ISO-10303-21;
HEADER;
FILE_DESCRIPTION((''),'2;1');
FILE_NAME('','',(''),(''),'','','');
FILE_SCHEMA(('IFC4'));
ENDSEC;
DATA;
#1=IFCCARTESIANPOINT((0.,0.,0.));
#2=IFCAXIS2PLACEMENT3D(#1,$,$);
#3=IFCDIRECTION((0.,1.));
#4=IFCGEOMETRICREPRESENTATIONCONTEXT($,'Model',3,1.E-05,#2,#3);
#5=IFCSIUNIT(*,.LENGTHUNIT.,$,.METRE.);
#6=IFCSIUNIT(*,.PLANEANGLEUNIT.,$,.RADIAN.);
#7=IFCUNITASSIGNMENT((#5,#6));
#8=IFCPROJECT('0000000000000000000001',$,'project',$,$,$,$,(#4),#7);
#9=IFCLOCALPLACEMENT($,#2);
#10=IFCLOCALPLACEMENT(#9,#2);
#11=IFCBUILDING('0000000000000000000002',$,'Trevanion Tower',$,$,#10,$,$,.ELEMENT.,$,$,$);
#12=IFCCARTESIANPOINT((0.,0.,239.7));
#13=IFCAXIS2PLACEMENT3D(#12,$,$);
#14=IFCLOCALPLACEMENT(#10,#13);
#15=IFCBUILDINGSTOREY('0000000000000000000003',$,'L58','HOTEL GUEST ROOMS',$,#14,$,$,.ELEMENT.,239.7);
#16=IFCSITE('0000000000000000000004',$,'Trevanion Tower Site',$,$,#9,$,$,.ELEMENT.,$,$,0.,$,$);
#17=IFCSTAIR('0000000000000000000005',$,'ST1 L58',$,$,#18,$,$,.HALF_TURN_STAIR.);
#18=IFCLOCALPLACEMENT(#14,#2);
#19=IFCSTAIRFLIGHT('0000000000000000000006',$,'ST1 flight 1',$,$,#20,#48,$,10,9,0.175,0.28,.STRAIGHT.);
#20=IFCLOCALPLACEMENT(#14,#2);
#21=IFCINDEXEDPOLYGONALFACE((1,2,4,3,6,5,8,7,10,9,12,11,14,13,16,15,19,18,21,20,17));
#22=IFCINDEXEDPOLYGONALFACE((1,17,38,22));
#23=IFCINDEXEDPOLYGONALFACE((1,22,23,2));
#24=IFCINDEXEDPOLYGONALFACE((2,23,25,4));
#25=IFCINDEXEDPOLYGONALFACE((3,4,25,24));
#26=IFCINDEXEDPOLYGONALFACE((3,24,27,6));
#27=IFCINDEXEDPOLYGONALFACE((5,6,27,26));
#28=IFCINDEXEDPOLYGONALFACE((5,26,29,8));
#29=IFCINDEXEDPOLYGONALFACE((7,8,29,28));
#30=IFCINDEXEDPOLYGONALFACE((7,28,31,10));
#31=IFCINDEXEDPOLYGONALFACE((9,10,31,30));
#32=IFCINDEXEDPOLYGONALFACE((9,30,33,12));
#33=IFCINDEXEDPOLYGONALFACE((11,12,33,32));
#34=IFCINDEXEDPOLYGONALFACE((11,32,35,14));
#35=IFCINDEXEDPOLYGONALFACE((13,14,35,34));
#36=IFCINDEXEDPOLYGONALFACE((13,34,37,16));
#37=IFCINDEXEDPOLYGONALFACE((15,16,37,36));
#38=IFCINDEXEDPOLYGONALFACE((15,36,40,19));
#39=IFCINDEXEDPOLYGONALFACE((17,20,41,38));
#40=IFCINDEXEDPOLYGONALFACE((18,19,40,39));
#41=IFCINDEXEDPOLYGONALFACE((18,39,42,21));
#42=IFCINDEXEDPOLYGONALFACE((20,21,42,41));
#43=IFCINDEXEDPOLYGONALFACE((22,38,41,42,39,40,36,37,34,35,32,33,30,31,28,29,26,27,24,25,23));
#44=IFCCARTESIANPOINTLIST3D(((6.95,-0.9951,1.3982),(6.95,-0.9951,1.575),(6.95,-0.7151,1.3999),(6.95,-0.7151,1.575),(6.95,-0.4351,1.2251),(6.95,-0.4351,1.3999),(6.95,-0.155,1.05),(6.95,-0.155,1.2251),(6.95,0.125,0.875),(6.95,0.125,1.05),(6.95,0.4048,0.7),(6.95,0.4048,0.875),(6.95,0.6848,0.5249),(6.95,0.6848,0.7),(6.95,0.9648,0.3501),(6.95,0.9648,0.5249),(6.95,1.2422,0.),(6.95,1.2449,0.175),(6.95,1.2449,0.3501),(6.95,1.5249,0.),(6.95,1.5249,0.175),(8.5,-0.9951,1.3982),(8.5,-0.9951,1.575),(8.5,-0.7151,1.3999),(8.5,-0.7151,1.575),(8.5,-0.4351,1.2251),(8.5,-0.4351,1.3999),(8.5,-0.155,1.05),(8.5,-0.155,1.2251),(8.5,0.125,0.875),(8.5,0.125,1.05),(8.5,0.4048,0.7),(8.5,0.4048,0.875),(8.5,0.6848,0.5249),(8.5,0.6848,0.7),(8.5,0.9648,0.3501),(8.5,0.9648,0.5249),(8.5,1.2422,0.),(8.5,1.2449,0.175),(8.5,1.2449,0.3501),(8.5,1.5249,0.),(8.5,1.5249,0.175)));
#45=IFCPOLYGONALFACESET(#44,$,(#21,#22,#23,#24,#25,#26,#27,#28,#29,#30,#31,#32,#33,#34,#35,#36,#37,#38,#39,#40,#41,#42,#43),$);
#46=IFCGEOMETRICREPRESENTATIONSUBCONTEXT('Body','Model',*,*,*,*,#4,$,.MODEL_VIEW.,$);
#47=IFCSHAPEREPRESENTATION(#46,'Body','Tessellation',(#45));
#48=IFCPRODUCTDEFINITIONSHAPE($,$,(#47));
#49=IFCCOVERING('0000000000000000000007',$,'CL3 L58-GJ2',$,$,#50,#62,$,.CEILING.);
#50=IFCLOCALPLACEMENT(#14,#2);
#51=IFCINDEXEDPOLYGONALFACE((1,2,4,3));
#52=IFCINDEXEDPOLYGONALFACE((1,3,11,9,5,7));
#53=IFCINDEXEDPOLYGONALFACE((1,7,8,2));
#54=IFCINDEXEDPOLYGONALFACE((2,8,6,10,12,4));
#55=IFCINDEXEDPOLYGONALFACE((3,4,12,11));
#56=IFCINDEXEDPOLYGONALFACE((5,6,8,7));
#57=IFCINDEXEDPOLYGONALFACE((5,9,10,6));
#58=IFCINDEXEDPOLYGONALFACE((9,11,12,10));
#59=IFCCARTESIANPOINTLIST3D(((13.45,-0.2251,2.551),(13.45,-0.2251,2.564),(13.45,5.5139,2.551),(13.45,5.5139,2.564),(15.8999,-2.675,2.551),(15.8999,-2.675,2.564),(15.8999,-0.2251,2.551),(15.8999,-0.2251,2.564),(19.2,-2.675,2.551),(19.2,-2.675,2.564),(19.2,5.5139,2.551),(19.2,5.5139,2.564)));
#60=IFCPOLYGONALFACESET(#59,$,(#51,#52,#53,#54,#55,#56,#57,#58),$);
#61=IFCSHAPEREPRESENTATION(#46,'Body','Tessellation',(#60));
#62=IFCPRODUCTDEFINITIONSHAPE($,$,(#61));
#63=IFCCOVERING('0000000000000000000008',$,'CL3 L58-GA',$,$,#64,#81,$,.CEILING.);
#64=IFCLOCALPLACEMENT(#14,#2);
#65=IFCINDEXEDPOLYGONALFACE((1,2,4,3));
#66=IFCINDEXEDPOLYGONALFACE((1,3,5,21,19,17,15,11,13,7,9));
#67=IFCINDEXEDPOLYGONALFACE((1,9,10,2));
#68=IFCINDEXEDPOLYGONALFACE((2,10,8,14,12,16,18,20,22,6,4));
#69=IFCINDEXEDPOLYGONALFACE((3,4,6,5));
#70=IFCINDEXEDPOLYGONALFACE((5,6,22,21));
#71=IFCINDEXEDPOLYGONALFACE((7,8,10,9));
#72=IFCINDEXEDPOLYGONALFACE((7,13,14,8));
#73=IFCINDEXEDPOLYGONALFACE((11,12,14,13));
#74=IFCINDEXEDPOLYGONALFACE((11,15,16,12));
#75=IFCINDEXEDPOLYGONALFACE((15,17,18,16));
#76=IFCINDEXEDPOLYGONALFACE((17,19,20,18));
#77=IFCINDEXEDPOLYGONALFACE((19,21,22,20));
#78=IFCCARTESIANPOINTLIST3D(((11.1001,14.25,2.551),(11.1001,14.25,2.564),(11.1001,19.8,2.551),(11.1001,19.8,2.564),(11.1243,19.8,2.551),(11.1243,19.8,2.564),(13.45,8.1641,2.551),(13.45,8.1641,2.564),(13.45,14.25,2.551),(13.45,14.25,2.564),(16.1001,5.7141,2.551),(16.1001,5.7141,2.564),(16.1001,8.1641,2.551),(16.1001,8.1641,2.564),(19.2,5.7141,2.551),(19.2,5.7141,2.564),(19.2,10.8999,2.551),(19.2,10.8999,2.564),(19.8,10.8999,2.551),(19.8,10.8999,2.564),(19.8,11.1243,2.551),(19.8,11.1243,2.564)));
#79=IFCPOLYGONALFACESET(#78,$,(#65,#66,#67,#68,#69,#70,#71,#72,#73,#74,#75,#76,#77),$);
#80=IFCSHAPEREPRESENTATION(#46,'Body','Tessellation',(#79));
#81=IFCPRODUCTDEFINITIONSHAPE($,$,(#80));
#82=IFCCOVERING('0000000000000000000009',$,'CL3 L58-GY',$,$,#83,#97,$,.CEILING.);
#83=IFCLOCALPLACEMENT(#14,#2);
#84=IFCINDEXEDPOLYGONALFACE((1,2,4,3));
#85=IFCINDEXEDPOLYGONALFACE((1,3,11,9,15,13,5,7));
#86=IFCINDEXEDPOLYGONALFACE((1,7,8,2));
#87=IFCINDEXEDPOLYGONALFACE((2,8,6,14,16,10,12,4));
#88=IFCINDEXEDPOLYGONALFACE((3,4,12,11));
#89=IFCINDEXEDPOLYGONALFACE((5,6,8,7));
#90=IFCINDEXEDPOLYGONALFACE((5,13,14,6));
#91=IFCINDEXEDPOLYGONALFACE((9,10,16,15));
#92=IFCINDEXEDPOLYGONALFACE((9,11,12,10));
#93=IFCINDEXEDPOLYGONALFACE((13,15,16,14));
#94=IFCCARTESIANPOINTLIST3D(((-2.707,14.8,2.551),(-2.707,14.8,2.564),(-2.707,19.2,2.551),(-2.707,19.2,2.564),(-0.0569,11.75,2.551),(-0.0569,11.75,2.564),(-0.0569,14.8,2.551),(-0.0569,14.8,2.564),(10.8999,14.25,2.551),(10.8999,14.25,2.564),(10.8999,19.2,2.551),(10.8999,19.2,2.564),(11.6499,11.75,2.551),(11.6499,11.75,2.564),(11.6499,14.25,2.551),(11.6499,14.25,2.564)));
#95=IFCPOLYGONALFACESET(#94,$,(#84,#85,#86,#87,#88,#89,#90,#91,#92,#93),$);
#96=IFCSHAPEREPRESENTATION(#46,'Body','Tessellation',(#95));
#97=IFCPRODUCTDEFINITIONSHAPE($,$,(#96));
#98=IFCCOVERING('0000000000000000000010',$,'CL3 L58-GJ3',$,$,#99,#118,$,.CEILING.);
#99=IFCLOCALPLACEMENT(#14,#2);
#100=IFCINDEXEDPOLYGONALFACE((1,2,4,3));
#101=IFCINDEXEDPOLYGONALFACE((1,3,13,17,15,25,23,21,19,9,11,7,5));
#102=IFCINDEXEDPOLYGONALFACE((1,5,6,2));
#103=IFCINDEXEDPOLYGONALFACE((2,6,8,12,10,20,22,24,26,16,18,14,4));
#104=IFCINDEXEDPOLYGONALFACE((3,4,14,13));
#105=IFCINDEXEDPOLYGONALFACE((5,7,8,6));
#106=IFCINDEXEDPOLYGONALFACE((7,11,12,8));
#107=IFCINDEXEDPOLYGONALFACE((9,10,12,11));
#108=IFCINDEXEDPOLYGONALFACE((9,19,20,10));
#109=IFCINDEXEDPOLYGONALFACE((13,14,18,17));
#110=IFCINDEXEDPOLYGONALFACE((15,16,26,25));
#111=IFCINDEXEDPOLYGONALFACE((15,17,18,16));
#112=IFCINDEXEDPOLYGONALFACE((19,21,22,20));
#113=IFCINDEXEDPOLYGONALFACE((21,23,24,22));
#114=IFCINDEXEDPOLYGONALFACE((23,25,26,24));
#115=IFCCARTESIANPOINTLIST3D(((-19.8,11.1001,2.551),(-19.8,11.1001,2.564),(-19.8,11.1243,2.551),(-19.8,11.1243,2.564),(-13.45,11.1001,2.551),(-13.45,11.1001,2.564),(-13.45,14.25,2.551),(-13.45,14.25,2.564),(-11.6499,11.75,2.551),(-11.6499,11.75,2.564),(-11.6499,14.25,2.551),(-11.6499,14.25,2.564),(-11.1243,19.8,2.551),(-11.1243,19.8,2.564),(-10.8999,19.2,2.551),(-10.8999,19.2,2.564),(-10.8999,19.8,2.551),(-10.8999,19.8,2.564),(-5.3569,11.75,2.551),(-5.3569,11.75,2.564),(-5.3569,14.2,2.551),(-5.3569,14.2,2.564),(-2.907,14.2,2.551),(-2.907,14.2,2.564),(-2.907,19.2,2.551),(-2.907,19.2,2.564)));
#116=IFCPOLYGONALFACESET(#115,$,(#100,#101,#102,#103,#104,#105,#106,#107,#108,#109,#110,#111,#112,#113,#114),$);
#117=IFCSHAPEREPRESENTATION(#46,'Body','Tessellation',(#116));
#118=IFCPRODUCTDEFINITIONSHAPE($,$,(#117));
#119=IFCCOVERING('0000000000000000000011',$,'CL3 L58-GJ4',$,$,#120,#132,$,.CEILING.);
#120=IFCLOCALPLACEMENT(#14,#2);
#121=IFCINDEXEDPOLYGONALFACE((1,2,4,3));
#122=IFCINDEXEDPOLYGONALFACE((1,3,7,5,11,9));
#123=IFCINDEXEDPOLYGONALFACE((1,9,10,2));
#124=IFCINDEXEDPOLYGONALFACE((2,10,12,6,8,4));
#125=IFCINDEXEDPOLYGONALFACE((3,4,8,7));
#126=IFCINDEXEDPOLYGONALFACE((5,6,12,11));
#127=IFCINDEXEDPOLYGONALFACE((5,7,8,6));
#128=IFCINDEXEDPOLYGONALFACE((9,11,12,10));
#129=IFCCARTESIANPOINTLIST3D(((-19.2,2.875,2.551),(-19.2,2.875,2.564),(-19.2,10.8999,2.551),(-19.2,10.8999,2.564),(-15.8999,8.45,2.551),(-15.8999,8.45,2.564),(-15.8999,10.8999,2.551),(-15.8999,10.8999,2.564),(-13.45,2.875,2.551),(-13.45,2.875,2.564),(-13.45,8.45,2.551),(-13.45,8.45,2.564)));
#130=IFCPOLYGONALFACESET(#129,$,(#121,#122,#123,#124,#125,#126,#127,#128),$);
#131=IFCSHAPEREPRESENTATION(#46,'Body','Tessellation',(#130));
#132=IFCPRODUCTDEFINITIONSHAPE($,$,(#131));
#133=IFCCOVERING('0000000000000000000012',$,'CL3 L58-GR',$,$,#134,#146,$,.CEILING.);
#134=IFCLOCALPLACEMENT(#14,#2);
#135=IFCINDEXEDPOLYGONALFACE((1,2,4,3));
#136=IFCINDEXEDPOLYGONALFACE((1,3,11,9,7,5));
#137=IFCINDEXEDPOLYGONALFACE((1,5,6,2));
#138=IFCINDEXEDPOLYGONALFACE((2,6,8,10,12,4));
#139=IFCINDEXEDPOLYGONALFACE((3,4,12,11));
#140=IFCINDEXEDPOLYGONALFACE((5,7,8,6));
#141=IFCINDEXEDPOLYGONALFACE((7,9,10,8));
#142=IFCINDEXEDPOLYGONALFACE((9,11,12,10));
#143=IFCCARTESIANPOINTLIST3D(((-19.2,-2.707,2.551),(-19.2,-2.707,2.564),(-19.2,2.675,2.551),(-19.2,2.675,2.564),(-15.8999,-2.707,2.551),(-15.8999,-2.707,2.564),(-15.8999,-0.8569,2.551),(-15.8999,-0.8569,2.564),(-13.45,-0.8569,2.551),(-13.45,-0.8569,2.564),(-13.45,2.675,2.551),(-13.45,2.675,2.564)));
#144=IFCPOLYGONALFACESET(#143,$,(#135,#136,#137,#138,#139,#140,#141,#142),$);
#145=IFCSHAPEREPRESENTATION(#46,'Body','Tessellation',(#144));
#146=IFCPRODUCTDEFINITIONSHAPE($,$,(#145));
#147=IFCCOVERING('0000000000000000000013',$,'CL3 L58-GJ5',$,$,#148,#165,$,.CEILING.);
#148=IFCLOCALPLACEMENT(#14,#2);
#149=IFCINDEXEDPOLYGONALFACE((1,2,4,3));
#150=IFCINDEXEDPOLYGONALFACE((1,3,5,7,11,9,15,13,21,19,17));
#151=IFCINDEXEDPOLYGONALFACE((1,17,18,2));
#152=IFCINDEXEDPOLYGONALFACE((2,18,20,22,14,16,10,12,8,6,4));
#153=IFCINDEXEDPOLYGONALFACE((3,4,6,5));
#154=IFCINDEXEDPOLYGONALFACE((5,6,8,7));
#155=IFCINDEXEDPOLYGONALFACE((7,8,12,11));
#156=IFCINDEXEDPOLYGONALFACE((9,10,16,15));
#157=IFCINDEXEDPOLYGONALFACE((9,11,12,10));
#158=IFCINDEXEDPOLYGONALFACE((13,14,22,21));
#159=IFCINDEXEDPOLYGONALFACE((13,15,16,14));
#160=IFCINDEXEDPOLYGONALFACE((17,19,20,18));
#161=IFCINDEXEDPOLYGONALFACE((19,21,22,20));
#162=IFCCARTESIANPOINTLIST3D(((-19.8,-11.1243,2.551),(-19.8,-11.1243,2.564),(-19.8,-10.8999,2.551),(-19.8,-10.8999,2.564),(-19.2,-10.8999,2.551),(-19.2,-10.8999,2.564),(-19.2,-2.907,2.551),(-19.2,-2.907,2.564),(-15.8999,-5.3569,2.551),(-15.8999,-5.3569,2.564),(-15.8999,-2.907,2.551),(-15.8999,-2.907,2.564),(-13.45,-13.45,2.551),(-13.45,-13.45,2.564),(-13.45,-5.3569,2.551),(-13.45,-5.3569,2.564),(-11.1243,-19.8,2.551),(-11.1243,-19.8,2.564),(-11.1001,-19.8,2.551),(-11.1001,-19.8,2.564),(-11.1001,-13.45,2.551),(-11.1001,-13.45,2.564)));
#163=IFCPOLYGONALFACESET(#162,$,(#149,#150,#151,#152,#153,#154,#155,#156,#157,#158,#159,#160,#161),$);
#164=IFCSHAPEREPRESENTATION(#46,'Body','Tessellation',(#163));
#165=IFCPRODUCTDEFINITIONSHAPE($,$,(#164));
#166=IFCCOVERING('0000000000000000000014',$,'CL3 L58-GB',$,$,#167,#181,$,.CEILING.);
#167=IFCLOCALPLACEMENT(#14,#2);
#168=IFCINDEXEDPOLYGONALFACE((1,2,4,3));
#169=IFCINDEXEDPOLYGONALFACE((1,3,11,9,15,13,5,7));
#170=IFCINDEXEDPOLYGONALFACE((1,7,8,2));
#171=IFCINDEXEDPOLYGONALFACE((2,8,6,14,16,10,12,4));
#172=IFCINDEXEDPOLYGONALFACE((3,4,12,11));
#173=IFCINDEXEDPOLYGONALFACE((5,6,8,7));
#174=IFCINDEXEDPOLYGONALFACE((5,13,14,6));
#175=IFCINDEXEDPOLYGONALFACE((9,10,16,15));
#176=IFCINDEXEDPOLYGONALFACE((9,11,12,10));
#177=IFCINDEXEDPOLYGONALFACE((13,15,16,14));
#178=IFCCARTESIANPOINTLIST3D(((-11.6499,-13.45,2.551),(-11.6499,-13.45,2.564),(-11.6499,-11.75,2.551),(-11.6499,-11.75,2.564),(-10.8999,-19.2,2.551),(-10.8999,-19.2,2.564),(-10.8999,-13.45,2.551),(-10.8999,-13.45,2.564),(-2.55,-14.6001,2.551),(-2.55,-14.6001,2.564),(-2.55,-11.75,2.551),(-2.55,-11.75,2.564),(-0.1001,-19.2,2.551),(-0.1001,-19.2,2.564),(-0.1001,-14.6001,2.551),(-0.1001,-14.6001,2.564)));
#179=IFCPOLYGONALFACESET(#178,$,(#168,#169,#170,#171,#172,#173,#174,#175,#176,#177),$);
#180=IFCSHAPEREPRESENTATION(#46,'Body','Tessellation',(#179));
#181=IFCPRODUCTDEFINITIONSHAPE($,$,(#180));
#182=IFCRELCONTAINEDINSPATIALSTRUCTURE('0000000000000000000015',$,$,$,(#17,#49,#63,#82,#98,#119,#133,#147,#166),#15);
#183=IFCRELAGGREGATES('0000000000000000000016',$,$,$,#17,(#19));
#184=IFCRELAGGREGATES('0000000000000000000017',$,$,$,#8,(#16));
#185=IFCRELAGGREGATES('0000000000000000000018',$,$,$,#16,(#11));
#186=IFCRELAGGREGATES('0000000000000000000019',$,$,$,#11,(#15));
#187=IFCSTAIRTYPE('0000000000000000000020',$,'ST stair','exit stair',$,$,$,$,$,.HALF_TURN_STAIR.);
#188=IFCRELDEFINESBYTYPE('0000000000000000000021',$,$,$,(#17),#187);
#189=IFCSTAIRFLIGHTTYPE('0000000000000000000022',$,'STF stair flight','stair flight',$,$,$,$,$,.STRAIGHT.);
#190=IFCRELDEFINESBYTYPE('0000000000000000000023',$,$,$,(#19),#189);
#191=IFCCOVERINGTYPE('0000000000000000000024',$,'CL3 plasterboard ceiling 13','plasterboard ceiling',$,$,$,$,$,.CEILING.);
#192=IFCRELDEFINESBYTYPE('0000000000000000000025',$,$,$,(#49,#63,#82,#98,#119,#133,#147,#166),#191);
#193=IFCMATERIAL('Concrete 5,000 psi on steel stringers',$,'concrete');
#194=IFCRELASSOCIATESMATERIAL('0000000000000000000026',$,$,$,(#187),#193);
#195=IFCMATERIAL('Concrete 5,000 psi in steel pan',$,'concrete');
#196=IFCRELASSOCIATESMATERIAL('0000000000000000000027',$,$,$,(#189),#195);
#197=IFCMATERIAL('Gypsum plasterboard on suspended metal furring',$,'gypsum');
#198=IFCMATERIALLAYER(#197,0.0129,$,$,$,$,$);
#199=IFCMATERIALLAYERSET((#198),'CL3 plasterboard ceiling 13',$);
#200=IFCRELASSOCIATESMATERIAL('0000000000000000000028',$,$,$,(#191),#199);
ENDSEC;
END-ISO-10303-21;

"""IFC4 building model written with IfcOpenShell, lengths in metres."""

from ifc_helpers import new_model, si_unit, direction, frame, origin, place, context, subcontext, project, spatial, polyline, outline, extrude, material, layer, layer_set, type_object, element, aggregate, save


model = new_model("IFC4")

# Units and contexts
model_context = context("Model", 3, precision=1e-05, world=origin(), true_north=direction((0.0, 1.0)))
body_context = subcontext(model_context, "Body", "Model", "MODEL_VIEW")
ifc_project = project(units=[si_unit("LENGTHUNIT", "METRE"), si_unit("PLANEANGLEUNIT", "RADIAN")], contexts=[model_context])

# Site, building, storey
site_placement = place(None, origin())
site = spatial("IfcSite", under=ifc_project, at=site_placement, Name="Trevanion Tower Site", CompositionType="ELEMENT", RefElevation=0.0)
building_placement = place(site_placement, origin())
building = spatial("IfcBuilding", under=site, at=building_placement, Name="Trevanion Tower", CompositionType="ELEMENT")
storey_placement = place(building_placement, frame((0.0, 0.0, 239.7)))
storey = spatial("IfcBuildingStorey", under=building, at=storey_placement, Name="L58", Description="HOTEL GUEST ROOMS", CompositionType="ELEMENT", Elevation=239.7)

# Stair, stair flight
ifc_material_1 = material(Name="Concrete 5,000 psi on steel stringers", Category="concrete")
stair_type = type_object("IfcStairType", Name="ST stair", Description="exit stair", PredefinedType="HALF_TURN_STAIR", material=ifc_material_1)
stair_placement = place(storey_placement, origin())
stair = element("IfcStair", 1, at=stair_placement, inside=storey, type_object=stair_type, Name="ST1 L58", PredefinedType="HALF_TURN_STAIR")
ifc_material_2 = material(Name="Concrete 5,000 psi in steel pan", Category="concrete")
stair_flight_type = type_object("IfcStairFlightType", Name="STF stair flight", Description="stair flight", PredefinedType="STRAIGHT", material=ifc_material_2)
stair_flight_placement = place(storey_placement, frame((7.7251, 1.5249, 0.0), z_axis=(0.0, 0.0, 1.0), x_axis=(0.0, -1.0, 0.0)))
stair_flight = element("IfcStairFlight", 2, at=stair_flight_placement, type_object=stair_flight_type, Name="ST1 flight 1", NumberOfRisers=10, NumberOfTreads=9, PredefinedType="STRAIGHT", RiserHeight=0.175, TreadLength=0.28, context=body_context, shape_type="SweptSolid", body=[
    extrude(outline(polyline([(0.0, 0.0), (0.0, 0.175), (0.28, 0.175), (0.28, 0.3501), (0.5601, 0.3501), (0.5601, 0.5249), (0.8401, 0.5249), (0.8401, 0.7), (1.1201, 0.7), (1.1201, 0.875), (1.3999, 0.875), (1.3999, 1.05), (1.6799, 1.05), (1.6799, 1.2251), (1.96, 1.2251), (1.96, 1.3999), (2.24, 1.3999), (2.24, 1.575), (2.52, 1.575), (2.52, 1.75), (2.52, 1.3982), (0.2827, 0.0), (0.0, 0.0)])), frame((0.0, 0.7749, 0.0), z_axis=(0.0, -1.0, 0.0), x_axis=(1.0, 0.0, 0.0)), (0.0, 0.0, 1.0), 1.55),
])
aggregate(stair, [stair_flight])

# Coverings
ifc_material_3 = material(Name="Gypsum plasterboard on suspended metal furring", Category="gypsum")
ifc_layer_1 = layer(ifc_material_3, 0.0129)
ifc_layer_set_1 = layer_set([ifc_layer_1], Name="CL3 plasterboard ceiling 13")
covering_type_1 = type_object("IfcCoveringType", Name="CL3 plasterboard ceiling 13", Description="plasterboard ceiling", PredefinedType="CEILING", material=ifc_layer_set_1)
covering_1_placement = place(storey_placement, frame((0.0, 0.0, 2.551)))
element("IfcCovering", 3, at=covering_1_placement, inside=storey, type_object=covering_type_1, Name="CL3 L58-GJ2", PredefinedType="CEILING", context=body_context, shape_type="SweptSolid", body=[
    extrude(outline(polyline([(13.45, 5.5139), (19.2, 5.5139), (19.2, -2.675), (15.8999, -2.675), (15.8999, -0.2251), (13.45, -0.2251), (13.45, 5.5139)])), origin(), (0.0, 0.0, 1.0), 0.0129),
])
covering_2_placement = place(storey_placement, frame((0.0, 0.0, 2.551)))
element("IfcCovering", 4, at=covering_2_placement, inside=storey, type_object=covering_type_1, Name="CL3 L58-GA", PredefinedType="CEILING", context=body_context, shape_type="SweptSolid", body=[
    extrude(outline(polyline([(11.1001, 14.25), (11.1001, 19.8), (11.1243, 19.8), (19.8, 11.1243), (19.8, 10.8999), (19.2, 10.8999), (19.2, 5.7141), (16.1001, 5.7141), (16.1001, 8.1641), (13.45, 8.1641), (13.45, 14.25), (11.1001, 14.25)])), origin(), (0.0, 0.0, 1.0), 0.0129),
])
covering_3_placement = place(storey_placement, frame((0.0, 0.0, 2.551)))
element("IfcCovering", 5, at=covering_3_placement, inside=storey, type_object=covering_type_1, Name="CL3 L58-GY", PredefinedType="CEILING", context=body_context, shape_type="SweptSolid", body=[
    extrude(outline(polyline([(-2.707, 19.2), (10.8999, 19.2), (10.8999, 14.25), (11.6499, 14.25), (11.6499, 11.75), (-0.0569, 11.75), (-0.0569, 14.8), (-2.707, 14.8), (-2.707, 19.2)])), origin(), (0.0, 0.0, 1.0), 0.0129),
])
covering_4_placement = place(storey_placement, frame((0.0, 0.0, 2.551)))
element("IfcCovering", 6, at=covering_4_placement, inside=storey, type_object=covering_type_1, Name="CL3 L58-GJ3", PredefinedType="CEILING", context=body_context, shape_type="SweptSolid", body=[
    extrude(outline(polyline([(-13.45, 11.1001), (-19.8, 11.1001), (-19.8, 11.1243), (-11.1243, 19.8), (-10.8999, 19.8), (-10.8999, 19.2), (-2.907, 19.2), (-2.907, 14.2), (-5.3569, 14.2), (-5.3569, 11.75), (-11.6499, 11.75), (-11.6499, 14.25), (-13.45, 14.25), (-13.45, 11.1001)])), origin(), (0.0, 0.0, 1.0), 0.0129),
])
covering_5_placement = place(storey_placement, frame((0.0, 0.0, 2.551)))
element("IfcCovering", 7, at=covering_5_placement, inside=storey, type_object=covering_type_1, Name="CL3 L58-GJ4", PredefinedType="CEILING", context=body_context, shape_type="SweptSolid", body=[
    extrude(outline(polyline([(-13.45, 2.875), (-19.2, 2.875), (-19.2, 10.8999), (-15.8999, 10.8999), (-15.8999, 8.45), (-13.45, 8.45), (-13.45, 2.875)])), origin(), (0.0, 0.0, 1.0), 0.0129),
])
covering_6_placement = place(storey_placement, frame((0.0, 0.0, 2.551)))
element("IfcCovering", 8, at=covering_6_placement, inside=storey, type_object=covering_type_1, Name="CL3 L58-GR", PredefinedType="CEILING", context=body_context, shape_type="SweptSolid", body=[
    extrude(outline(polyline([(-13.45, -0.8569), (-15.8999, -0.8569), (-15.8999, -2.707), (-19.2, -2.707), (-19.2, 2.675), (-13.45, 2.675), (-13.45, -0.8569)])), origin(), (0.0, 0.0, 1.0), 0.0129),
])
covering_7_placement = place(storey_placement, frame((0.0, 0.0, 2.551)))
element("IfcCovering", 9, at=covering_7_placement, inside=storey, type_object=covering_type_1, Name="CL3 L58-GJ5", PredefinedType="CEILING", context=body_context, shape_type="SweptSolid", body=[
    extrude(outline(polyline([(-11.1001, -13.45), (-11.1001, -19.8), (-11.1243, -19.8), (-19.8, -11.1243), (-19.8, -10.8999), (-19.2, -10.8999), (-19.2, -2.907), (-15.8999, -2.907), (-15.8999, -5.3569), (-13.45, -5.3569), (-13.45, -13.45), (-11.1001, -13.45)])), origin(), (0.0, 0.0, 1.0), 0.0129),
])
covering_8_placement = place(storey_placement, frame((0.0, 0.0, 2.551)))
element("IfcCovering", 10, at=covering_8_placement, inside=storey, type_object=covering_type_1, Name="CL3 L58-GB", PredefinedType="CEILING", context=body_context, shape_type="SweptSolid", body=[
    extrude(outline(polyline([(-0.1001, -19.2), (-10.8999, -19.2), (-10.8999, -13.45), (-11.6499, -13.45), (-11.6499, -11.75), (-2.55, -11.75), (-2.55, -14.6001), (-0.1001, -14.6001), (-0.1001, -19.2)])), origin(), (0.0, 0.0, 1.0), 0.0129),
])

save(model, "model.ifc")
